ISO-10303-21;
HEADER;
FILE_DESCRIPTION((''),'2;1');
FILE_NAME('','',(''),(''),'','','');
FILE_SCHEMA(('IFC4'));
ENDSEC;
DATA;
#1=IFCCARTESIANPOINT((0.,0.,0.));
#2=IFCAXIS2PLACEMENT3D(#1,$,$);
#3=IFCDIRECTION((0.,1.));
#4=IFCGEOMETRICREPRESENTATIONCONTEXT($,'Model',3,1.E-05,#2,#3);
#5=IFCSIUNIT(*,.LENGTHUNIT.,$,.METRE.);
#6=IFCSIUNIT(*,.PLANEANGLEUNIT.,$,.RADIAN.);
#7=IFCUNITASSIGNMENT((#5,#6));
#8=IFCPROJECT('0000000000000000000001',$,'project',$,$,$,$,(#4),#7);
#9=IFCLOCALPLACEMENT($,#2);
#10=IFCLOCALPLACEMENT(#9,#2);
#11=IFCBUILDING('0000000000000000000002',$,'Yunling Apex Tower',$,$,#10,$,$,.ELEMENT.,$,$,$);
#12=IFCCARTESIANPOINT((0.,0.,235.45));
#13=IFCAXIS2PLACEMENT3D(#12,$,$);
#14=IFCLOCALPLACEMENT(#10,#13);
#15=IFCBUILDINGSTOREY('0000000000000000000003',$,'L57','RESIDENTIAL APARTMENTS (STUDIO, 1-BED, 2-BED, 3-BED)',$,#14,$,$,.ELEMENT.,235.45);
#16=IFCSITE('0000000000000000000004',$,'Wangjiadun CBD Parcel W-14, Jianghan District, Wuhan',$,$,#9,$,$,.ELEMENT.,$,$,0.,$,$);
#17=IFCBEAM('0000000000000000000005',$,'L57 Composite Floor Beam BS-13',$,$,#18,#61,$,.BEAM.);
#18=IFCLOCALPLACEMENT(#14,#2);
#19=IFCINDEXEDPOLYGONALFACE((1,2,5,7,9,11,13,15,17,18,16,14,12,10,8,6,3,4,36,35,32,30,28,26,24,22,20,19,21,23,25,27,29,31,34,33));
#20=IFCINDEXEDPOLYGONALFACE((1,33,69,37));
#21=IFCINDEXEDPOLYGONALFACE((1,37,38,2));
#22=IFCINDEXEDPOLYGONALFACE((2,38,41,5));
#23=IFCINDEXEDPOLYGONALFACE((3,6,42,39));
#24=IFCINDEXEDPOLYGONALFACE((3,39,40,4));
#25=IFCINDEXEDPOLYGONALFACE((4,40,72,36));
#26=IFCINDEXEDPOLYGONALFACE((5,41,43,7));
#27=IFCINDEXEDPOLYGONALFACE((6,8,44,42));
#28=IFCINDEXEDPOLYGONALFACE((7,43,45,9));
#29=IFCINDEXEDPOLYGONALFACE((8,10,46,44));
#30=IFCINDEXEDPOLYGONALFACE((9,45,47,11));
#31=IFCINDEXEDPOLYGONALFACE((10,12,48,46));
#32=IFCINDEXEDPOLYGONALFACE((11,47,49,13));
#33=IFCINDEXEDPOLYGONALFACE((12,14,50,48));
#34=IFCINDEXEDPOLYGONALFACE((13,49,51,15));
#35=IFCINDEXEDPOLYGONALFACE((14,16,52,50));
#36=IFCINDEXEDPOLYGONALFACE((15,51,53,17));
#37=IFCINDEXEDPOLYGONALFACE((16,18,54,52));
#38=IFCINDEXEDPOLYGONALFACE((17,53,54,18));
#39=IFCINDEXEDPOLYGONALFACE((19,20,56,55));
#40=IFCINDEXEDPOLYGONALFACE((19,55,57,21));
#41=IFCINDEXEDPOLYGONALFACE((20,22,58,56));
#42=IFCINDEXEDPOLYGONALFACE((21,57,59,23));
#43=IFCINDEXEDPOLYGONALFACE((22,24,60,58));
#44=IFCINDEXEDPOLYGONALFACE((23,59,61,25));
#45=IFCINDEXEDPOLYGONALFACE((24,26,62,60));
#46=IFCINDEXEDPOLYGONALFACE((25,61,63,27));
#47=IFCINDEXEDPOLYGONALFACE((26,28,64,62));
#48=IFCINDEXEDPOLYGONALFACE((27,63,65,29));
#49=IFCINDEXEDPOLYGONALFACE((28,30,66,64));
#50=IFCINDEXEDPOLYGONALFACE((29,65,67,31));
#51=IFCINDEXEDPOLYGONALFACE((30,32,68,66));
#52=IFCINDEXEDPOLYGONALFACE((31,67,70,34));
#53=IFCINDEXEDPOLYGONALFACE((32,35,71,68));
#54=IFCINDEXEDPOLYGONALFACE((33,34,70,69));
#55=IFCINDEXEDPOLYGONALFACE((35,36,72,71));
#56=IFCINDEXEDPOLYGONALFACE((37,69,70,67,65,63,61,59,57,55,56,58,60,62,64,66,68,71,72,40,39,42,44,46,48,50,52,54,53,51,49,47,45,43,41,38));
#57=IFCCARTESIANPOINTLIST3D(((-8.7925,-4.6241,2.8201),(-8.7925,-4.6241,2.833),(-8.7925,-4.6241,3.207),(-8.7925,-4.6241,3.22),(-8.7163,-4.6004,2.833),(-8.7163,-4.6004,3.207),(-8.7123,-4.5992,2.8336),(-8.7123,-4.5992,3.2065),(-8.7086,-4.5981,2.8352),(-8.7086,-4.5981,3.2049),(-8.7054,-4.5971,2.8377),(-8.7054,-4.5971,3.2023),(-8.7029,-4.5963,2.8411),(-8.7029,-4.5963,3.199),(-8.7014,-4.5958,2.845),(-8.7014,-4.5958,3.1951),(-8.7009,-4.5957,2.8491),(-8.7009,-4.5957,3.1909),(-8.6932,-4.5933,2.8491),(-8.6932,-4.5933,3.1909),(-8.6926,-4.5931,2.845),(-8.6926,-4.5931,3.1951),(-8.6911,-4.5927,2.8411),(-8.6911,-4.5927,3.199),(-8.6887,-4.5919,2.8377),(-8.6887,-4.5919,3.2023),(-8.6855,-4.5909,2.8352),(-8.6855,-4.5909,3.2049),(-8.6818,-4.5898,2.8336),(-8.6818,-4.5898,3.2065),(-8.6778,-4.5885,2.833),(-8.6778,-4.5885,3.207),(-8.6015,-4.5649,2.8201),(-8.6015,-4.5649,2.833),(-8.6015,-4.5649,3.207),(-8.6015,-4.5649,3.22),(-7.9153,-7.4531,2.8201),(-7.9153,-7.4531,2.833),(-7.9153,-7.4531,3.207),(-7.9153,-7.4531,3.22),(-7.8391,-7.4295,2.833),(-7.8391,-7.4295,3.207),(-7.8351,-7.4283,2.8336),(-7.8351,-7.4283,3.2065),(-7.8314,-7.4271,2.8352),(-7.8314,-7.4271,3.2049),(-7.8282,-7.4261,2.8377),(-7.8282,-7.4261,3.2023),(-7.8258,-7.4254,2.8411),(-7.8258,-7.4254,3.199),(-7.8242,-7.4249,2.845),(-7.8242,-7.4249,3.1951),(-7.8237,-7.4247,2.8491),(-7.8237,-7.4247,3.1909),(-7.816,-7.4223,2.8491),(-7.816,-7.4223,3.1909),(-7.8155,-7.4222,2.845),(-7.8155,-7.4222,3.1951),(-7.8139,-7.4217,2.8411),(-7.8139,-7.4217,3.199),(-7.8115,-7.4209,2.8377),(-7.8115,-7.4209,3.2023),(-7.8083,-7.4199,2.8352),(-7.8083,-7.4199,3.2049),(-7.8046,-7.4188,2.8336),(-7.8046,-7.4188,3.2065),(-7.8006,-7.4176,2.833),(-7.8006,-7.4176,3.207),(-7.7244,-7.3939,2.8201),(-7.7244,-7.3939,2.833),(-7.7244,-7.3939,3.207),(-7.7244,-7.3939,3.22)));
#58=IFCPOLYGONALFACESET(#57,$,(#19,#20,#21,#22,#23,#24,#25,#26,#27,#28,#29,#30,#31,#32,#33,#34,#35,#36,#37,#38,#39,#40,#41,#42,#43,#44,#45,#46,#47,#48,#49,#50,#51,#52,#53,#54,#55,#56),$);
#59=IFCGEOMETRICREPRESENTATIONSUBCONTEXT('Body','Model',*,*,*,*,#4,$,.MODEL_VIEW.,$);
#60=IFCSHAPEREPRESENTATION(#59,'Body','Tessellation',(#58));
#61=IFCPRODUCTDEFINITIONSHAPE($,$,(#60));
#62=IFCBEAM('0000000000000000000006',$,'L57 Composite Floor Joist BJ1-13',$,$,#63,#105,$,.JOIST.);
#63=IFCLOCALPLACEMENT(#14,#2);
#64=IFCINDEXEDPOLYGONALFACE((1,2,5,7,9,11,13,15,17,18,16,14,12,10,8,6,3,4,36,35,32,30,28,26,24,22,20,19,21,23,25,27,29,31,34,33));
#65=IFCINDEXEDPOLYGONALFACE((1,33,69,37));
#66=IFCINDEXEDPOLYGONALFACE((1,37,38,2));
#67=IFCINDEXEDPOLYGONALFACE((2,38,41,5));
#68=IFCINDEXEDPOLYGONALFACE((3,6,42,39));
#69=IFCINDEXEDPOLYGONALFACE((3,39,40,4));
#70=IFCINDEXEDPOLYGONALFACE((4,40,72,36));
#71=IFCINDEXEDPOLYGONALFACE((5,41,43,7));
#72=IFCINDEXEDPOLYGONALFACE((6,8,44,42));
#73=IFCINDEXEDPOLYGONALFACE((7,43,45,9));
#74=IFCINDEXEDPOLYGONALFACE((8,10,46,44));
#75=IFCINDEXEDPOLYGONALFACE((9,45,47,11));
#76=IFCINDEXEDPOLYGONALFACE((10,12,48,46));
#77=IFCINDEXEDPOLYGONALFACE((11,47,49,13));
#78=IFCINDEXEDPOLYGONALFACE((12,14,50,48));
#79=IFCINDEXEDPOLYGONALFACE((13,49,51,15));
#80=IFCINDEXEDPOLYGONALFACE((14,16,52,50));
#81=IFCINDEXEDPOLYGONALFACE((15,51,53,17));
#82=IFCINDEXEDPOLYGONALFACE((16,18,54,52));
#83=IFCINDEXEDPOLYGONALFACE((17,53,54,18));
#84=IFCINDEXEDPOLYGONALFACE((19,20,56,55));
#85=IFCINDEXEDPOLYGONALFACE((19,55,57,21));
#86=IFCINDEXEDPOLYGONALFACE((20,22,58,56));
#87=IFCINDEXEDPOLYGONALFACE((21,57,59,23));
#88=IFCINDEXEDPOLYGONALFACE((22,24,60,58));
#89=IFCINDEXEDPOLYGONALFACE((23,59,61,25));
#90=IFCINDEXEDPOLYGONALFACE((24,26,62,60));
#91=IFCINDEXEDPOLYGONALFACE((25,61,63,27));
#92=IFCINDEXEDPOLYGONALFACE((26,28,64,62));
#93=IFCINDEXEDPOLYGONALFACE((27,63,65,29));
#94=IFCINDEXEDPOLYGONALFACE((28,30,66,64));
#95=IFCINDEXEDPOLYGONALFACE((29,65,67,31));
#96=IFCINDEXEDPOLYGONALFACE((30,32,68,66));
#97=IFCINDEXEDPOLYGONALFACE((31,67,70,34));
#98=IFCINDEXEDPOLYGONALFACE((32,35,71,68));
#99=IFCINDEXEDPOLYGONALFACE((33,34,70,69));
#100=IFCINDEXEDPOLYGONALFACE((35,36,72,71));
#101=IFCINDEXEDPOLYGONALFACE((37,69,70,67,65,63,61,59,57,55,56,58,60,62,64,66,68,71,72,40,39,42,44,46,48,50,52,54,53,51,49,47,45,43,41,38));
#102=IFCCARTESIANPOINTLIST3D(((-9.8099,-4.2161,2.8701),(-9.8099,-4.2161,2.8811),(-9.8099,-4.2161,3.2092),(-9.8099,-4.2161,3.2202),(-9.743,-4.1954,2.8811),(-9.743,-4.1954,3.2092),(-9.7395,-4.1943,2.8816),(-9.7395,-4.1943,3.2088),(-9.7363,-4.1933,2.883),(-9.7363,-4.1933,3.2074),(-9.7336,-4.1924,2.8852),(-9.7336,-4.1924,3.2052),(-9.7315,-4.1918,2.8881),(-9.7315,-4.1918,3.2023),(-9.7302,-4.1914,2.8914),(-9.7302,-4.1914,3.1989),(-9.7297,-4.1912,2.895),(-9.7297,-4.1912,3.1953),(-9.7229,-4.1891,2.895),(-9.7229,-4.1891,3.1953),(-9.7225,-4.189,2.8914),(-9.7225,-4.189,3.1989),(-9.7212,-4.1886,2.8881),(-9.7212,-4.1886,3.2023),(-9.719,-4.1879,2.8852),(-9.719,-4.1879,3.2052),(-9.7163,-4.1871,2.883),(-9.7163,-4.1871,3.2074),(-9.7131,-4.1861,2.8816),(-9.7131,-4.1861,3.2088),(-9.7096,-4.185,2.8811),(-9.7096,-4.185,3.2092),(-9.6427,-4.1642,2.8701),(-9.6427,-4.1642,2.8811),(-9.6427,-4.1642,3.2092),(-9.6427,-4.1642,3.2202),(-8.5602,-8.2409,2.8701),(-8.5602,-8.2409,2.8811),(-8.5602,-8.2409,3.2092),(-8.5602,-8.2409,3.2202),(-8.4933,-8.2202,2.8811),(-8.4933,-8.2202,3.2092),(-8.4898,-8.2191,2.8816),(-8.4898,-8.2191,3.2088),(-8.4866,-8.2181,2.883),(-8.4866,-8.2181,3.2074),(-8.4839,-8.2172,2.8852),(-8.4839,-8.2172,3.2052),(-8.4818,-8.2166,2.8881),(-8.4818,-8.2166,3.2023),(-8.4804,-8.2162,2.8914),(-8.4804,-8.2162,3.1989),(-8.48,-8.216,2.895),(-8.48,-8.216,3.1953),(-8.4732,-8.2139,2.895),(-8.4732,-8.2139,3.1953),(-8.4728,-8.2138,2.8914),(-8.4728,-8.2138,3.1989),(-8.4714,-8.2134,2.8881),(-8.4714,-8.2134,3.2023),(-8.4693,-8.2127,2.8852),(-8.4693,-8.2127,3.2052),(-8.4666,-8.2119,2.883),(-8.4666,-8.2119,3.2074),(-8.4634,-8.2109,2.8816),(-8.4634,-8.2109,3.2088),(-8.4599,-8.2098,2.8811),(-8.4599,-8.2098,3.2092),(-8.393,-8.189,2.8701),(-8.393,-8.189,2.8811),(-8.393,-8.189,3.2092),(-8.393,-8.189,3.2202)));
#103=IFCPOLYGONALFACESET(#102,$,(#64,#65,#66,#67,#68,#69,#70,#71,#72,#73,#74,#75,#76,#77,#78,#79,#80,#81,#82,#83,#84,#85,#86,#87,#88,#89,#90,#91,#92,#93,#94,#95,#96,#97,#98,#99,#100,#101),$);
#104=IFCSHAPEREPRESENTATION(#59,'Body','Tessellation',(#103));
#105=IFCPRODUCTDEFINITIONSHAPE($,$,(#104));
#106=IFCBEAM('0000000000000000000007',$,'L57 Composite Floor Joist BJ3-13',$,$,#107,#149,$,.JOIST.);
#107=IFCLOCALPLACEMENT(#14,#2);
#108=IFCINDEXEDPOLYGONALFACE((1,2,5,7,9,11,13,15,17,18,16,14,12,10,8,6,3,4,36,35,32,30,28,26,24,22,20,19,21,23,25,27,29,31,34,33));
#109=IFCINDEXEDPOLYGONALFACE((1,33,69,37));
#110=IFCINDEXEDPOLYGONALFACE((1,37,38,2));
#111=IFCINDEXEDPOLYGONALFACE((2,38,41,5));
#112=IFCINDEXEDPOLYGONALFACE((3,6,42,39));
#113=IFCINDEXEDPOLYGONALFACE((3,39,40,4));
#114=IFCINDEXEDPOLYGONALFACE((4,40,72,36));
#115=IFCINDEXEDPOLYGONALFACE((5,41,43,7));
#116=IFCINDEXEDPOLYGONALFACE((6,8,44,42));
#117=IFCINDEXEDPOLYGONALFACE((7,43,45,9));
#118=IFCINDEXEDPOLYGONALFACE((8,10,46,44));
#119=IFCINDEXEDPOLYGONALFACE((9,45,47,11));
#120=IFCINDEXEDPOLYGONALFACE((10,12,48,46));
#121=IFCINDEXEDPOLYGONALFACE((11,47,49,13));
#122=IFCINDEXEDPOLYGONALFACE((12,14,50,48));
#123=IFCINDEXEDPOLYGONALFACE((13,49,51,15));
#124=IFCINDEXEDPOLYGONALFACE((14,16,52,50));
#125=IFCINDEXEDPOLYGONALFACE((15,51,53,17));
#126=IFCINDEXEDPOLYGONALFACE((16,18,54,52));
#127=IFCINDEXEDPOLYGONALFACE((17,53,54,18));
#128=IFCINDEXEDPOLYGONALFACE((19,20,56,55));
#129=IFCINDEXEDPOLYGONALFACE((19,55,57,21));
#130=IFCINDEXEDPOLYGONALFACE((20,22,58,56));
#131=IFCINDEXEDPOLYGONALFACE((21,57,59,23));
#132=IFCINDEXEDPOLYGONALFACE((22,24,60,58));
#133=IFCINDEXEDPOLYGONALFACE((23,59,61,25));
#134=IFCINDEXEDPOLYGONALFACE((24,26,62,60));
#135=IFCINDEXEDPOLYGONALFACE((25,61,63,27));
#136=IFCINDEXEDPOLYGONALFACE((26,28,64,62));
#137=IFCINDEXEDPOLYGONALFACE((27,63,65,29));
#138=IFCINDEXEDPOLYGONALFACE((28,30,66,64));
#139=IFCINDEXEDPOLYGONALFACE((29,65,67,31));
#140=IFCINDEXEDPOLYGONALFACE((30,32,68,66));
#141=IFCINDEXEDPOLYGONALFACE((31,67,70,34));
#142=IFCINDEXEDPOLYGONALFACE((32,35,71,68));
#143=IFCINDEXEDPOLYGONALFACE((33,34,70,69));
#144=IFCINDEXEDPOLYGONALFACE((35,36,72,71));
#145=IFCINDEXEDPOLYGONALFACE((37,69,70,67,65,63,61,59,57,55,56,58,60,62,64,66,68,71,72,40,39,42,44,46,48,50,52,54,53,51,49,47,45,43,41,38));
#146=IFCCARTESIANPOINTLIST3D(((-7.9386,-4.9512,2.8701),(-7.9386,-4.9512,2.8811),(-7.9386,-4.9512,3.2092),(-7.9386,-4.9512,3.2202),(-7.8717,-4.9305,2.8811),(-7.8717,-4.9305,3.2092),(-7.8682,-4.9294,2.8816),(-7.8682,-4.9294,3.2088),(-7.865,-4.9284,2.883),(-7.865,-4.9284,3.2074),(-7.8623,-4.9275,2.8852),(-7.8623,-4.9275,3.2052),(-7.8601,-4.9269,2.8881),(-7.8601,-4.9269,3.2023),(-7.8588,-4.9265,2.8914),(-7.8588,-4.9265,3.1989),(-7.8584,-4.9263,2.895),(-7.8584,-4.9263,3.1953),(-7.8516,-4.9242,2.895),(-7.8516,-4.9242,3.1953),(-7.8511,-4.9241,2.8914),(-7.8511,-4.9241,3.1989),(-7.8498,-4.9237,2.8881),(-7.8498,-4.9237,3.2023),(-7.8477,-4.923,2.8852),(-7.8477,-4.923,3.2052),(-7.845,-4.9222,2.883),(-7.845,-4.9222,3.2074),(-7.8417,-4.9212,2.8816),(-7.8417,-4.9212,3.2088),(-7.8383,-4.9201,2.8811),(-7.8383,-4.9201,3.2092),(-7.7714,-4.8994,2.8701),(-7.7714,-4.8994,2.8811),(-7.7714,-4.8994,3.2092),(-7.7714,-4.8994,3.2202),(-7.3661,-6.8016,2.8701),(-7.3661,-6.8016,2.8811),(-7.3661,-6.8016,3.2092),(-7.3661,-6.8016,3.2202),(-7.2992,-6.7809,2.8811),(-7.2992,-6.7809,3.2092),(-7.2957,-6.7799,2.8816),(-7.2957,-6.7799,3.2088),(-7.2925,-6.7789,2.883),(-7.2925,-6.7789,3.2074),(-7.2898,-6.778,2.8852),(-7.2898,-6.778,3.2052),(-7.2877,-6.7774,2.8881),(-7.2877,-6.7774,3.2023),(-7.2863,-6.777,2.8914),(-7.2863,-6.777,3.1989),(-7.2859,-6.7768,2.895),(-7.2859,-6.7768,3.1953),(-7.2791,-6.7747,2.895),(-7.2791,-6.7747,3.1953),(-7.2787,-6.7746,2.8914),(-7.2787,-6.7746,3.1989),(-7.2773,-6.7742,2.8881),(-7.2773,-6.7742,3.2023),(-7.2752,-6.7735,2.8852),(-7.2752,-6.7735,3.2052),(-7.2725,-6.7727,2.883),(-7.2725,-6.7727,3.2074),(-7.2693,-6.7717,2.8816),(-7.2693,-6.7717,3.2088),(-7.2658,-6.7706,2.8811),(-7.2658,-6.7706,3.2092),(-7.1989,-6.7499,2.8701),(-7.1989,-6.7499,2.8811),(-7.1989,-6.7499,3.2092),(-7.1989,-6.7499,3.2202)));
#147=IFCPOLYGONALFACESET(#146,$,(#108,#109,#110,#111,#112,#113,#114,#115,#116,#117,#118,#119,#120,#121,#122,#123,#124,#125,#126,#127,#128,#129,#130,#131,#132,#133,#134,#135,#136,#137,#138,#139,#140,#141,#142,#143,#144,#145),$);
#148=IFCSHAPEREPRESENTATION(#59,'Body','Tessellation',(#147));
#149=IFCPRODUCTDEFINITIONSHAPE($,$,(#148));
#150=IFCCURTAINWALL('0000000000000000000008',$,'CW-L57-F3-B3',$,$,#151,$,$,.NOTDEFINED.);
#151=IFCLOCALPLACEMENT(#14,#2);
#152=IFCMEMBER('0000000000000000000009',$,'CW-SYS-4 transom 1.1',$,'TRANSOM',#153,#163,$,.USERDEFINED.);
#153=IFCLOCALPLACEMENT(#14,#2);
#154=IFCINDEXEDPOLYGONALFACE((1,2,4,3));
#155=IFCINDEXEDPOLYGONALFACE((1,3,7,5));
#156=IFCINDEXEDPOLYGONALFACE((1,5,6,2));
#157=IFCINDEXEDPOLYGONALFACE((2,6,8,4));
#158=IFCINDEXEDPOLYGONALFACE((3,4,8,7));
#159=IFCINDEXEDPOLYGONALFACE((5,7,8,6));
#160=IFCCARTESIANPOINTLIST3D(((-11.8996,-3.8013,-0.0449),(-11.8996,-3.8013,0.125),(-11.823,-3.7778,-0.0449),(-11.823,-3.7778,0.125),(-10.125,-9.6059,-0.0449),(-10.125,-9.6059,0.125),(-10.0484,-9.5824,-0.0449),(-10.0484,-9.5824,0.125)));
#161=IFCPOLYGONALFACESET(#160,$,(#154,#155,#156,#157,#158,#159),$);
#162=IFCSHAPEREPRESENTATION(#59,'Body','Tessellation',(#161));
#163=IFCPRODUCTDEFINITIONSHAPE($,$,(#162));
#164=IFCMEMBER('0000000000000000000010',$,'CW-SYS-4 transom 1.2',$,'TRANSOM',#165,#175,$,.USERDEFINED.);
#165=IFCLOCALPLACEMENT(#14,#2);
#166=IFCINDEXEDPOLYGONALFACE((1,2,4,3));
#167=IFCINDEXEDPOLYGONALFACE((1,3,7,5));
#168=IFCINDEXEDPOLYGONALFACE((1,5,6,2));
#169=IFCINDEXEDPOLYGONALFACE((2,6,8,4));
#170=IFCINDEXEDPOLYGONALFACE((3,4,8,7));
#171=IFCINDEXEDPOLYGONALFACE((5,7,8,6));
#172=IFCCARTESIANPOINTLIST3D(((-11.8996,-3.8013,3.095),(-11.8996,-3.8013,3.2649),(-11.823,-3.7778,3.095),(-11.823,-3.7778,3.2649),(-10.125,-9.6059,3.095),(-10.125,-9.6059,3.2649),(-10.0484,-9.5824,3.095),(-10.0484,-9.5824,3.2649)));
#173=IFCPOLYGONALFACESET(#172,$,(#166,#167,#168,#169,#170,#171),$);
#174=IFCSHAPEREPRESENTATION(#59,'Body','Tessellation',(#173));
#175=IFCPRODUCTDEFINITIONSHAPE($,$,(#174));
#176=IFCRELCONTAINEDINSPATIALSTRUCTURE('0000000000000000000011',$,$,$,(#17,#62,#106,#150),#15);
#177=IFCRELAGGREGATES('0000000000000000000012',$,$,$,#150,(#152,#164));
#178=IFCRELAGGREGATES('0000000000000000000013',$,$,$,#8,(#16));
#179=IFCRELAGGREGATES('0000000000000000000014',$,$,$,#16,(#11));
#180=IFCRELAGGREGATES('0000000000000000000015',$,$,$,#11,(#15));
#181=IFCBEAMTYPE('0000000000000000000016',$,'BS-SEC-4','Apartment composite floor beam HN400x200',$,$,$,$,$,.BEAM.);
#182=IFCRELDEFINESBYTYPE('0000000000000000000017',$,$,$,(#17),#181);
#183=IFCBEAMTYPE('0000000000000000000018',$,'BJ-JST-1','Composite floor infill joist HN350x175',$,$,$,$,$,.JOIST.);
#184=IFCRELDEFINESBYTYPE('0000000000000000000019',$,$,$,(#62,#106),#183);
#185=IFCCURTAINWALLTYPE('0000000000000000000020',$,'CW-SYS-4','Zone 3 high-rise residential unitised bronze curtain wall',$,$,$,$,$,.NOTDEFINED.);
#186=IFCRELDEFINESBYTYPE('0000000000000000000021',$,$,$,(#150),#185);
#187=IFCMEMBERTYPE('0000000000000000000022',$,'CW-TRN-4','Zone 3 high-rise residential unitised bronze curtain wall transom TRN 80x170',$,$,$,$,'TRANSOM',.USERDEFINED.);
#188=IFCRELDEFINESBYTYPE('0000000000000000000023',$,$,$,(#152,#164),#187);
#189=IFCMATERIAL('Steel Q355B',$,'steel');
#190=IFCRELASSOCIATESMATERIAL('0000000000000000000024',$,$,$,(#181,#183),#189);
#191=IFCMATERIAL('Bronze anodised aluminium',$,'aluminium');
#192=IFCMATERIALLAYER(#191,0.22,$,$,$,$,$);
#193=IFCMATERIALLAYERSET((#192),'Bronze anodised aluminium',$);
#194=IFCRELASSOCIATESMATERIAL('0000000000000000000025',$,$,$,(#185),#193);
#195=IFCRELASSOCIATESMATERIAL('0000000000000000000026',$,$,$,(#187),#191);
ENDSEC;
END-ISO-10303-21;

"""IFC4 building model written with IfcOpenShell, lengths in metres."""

from ifc_helpers import new_model, si_unit, direction, frame, origin, origin_2d, place, context, subcontext, project, spatial, rectangle, i_section, extrude, source, transform, mapped, material, layer, layer_set, material_profile, profile_set, type_object, element, aggregate, save


model = new_model("IFC4")

# Units and contexts
model_context = context("Model", 3, precision=1e-05, world=origin(), true_north=direction((0.0, 1.0)))
body_context = subcontext(model_context, "Body", "Model", "MODEL_VIEW")
ifc_project = project(units=[si_unit("LENGTHUNIT", "METRE"), si_unit("PLANEANGLEUNIT", "RADIAN")], contexts=[model_context])

# Site, building, storey
site_placement = place(None, origin())
site = spatial("IfcSite", under=ifc_project, at=site_placement, Name="Wangjiadun CBD Parcel W-14, Jianghan District, Wuhan", CompositionType="ELEMENT", RefElevation=0.0)
building_placement = place(site_placement, origin())
building = spatial("IfcBuilding", under=site, at=building_placement, Name="Yunling Apex Tower", CompositionType="ELEMENT")
storey_placement = place(building_placement, frame((0.0, 0.0, 235.45)))
storey = spatial("IfcBuildingStorey", under=building, at=storey_placement, Name="L57", Description="RESIDENTIAL APARTMENTS (STUDIO, 1-BED, 2-BED, 3-BED)", CompositionType="ELEMENT", Elevation=235.45)

# Beams
ifc_material_1 = material(Name="Steel Q355B", Category="steel")
ifc_material_profile_1 = material_profile(ifc_material_1, i_section(OverallWidth=0.2, OverallDepth=0.3999, WebThickness=0.0081, FlangeThickness=0.0129, FilletRadius=0.0161, at=origin_2d()))
ifc_profile_set_1 = profile_set([ifc_material_profile_1], Name="Steel Q355B")
beam_type_1 = type_object("IfcBeamType", Name="BS-SEC-4", Description="Apartment composite floor beam HN400x200", PredefinedType="BEAM", material=ifc_profile_set_1)
shared_shape_1 = source(origin(), body_context, "Body", "SweptSolid", [
    extrude(i_section(OverallWidth=0.2, OverallDepth=0.3999, WebThickness=0.0081, FlangeThickness=0.0129, FilletRadius=0.0161, at=origin_2d()), origin(), (0.0, 0.0, 1.0), 2.9619),
])
beam_1_placement = place(storey_placement, frame((-8.697, -4.5945, 3.02), z_axis=(0.296153, -0.955141, 0.0), x_axis=(0.955141, 0.296153, 0.0)))
element("IfcBeam", 1, at=beam_1_placement, inside=storey, type_object=beam_type_1, Name="L57 Composite Floor Beam BS-13", PredefinedType="BEAM", context=body_context, shape_type="MappedRepresentation", body=[
    mapped(shared_shape_1, transform((0.0, 0.0, 0.0), scale=1.0)),
])
ifc_material_profile_2 = material_profile(ifc_material_1, i_section(OverallWidth=0.175, OverallDepth=0.3501, WebThickness=0.0071, FlangeThickness=0.011, FilletRadius=0.0139, at=origin_2d()))
ifc_profile_set_2 = profile_set([ifc_material_profile_2], Name="Steel Q355B")
beam_type_2 = type_object("IfcBeamType", Name="BJ-JST-1", Description="Composite floor infill joist HN350x175", PredefinedType="JOIST", material=ifc_profile_set_2)
shared_shape_2 = source(origin(), body_context, "Body", "SweptSolid", [
    extrude(i_section(OverallWidth=0.175, OverallDepth=0.3501, WebThickness=0.0071, FlangeThickness=0.011, FilletRadius=0.0139, at=origin_2d()), origin(), (0.0, 0.0, 1.0), 4.2144),
])
beam_2_placement = place(storey_placement, frame((-9.7263, -4.1902, 3.0452), z_axis=(0.29654, -0.955021, 0.0), x_axis=(0.955021, 0.29654, 0.0)))
element("IfcBeam", 2, at=beam_2_placement, inside=storey, type_object=beam_type_2, Name="L57 Composite Floor Joist BJ1-13", PredefinedType="JOIST", context=body_context, shape_type="MappedRepresentation", body=[
    mapped(shared_shape_2, transform((0.0, 0.0, 0.0), scale=1.0)),
])
shared_shape_3 = source(origin(), body_context, "Body", "SweptSolid", [
    extrude(i_section(OverallWidth=0.175, OverallDepth=0.3501, WebThickness=0.0071, FlangeThickness=0.011, FilletRadius=0.0139, at=origin_2d()), origin(), (0.0, 0.0, 1.0), 1.937),
])
beam_3_placement = place(storey_placement, frame((-7.855, -4.9253, 3.0452), z_axis=(0.295547, -0.955328, 0.0), x_axis=(0.955328, 0.295547, 0.0)))
element("IfcBeam", 3, at=beam_3_placement, inside=storey, type_object=beam_type_2, Name="L57 Composite Floor Joist BJ3-13", PredefinedType="JOIST", context=body_context, shape_type="MappedRepresentation", body=[
    mapped(shared_shape_3, transform((0.0, 0.0, 0.0), scale=1.0)),
])

# Curtain wall, members
ifc_material_2 = material(Name="Bronze anodised aluminium", Category="aluminium")
ifc_layer_1 = layer(ifc_material_2, 0.22)
ifc_layer_set_1 = layer_set([ifc_layer_1], Name="Bronze anodised aluminium")
curtain_wall_type = type_object("IfcCurtainWallType", Name="CW-SYS-4", Description="Zone 3 high-rise residential unitised bronze curtain wall", PredefinedType="NOTDEFINED", material=ifc_layer_set_1)
curtain_wall_1_placement = place(storey_placement, origin())
curtain_wall_1 = element("IfcCurtainWall", 4, at=curtain_wall_1_placement, inside=storey, type_object=curtain_wall_type, Name="CW-L57-F3-B3", PredefinedType="NOTDEFINED")
ifc_material_profile_3 = material_profile(ifc_material_2, rectangle(XDim=0.0801, YDim=0.1699, at=origin_2d()))
ifc_profile_set_3 = profile_set([ifc_material_profile_3], Name="Bronze anodised aluminium")
member_type_1 = type_object("IfcMemberType", Name="CW-TRN-4", Description="Zone 3 high-rise residential unitised bronze curtain wall transom TRN 80x170", ElementType="TRANSOM", PredefinedType="USERDEFINED", material=ifc_profile_set_3)
shared_shape_4 = source(origin(), body_context, "Body", "SweptSolid", [
    extrude(rectangle(XDim=0.0801, YDim=0.1699, at=origin_2d()), origin(), (0.0, 0.0, 1.0), 6.0698),
])
member_1_placement = place(storey_placement, frame((-11.8613, -3.7896, 0.04), z_axis=(0.29237, -0.956305, 0.0), x_axis=(0.956305, 0.29237, 0.0)))
member_1 = element("IfcMember", 5, at=member_1_placement, type_object=member_type_1, Name="CW-SYS-4 transom 1.1", ObjectType="TRANSOM", PredefinedType="USERDEFINED", context=body_context, shape_type="MappedRepresentation", body=[
    mapped(shared_shape_4, transform((0.0, 0.0, 0.0), scale=1.0)),
])
member_2_placement = place(storey_placement, frame((-11.8613, -3.7896, 3.1799), z_axis=(0.29237, -0.956305, 0.0), x_axis=(0.956305, 0.29237, 0.0)))
member_2 = element("IfcMember", 6, at=member_2_placement, type_object=member_type_1, Name="CW-SYS-4 transom 1.2", ObjectType="TRANSOM", PredefinedType="USERDEFINED", context=body_context, shape_type="MappedRepresentation", body=[
    mapped(shared_shape_4, transform((0.0, 0.0, 0.0), scale=1.0)),
])

aggregate(curtain_wall_1, [member_1, member_2])

save(model, "model.ifc")
